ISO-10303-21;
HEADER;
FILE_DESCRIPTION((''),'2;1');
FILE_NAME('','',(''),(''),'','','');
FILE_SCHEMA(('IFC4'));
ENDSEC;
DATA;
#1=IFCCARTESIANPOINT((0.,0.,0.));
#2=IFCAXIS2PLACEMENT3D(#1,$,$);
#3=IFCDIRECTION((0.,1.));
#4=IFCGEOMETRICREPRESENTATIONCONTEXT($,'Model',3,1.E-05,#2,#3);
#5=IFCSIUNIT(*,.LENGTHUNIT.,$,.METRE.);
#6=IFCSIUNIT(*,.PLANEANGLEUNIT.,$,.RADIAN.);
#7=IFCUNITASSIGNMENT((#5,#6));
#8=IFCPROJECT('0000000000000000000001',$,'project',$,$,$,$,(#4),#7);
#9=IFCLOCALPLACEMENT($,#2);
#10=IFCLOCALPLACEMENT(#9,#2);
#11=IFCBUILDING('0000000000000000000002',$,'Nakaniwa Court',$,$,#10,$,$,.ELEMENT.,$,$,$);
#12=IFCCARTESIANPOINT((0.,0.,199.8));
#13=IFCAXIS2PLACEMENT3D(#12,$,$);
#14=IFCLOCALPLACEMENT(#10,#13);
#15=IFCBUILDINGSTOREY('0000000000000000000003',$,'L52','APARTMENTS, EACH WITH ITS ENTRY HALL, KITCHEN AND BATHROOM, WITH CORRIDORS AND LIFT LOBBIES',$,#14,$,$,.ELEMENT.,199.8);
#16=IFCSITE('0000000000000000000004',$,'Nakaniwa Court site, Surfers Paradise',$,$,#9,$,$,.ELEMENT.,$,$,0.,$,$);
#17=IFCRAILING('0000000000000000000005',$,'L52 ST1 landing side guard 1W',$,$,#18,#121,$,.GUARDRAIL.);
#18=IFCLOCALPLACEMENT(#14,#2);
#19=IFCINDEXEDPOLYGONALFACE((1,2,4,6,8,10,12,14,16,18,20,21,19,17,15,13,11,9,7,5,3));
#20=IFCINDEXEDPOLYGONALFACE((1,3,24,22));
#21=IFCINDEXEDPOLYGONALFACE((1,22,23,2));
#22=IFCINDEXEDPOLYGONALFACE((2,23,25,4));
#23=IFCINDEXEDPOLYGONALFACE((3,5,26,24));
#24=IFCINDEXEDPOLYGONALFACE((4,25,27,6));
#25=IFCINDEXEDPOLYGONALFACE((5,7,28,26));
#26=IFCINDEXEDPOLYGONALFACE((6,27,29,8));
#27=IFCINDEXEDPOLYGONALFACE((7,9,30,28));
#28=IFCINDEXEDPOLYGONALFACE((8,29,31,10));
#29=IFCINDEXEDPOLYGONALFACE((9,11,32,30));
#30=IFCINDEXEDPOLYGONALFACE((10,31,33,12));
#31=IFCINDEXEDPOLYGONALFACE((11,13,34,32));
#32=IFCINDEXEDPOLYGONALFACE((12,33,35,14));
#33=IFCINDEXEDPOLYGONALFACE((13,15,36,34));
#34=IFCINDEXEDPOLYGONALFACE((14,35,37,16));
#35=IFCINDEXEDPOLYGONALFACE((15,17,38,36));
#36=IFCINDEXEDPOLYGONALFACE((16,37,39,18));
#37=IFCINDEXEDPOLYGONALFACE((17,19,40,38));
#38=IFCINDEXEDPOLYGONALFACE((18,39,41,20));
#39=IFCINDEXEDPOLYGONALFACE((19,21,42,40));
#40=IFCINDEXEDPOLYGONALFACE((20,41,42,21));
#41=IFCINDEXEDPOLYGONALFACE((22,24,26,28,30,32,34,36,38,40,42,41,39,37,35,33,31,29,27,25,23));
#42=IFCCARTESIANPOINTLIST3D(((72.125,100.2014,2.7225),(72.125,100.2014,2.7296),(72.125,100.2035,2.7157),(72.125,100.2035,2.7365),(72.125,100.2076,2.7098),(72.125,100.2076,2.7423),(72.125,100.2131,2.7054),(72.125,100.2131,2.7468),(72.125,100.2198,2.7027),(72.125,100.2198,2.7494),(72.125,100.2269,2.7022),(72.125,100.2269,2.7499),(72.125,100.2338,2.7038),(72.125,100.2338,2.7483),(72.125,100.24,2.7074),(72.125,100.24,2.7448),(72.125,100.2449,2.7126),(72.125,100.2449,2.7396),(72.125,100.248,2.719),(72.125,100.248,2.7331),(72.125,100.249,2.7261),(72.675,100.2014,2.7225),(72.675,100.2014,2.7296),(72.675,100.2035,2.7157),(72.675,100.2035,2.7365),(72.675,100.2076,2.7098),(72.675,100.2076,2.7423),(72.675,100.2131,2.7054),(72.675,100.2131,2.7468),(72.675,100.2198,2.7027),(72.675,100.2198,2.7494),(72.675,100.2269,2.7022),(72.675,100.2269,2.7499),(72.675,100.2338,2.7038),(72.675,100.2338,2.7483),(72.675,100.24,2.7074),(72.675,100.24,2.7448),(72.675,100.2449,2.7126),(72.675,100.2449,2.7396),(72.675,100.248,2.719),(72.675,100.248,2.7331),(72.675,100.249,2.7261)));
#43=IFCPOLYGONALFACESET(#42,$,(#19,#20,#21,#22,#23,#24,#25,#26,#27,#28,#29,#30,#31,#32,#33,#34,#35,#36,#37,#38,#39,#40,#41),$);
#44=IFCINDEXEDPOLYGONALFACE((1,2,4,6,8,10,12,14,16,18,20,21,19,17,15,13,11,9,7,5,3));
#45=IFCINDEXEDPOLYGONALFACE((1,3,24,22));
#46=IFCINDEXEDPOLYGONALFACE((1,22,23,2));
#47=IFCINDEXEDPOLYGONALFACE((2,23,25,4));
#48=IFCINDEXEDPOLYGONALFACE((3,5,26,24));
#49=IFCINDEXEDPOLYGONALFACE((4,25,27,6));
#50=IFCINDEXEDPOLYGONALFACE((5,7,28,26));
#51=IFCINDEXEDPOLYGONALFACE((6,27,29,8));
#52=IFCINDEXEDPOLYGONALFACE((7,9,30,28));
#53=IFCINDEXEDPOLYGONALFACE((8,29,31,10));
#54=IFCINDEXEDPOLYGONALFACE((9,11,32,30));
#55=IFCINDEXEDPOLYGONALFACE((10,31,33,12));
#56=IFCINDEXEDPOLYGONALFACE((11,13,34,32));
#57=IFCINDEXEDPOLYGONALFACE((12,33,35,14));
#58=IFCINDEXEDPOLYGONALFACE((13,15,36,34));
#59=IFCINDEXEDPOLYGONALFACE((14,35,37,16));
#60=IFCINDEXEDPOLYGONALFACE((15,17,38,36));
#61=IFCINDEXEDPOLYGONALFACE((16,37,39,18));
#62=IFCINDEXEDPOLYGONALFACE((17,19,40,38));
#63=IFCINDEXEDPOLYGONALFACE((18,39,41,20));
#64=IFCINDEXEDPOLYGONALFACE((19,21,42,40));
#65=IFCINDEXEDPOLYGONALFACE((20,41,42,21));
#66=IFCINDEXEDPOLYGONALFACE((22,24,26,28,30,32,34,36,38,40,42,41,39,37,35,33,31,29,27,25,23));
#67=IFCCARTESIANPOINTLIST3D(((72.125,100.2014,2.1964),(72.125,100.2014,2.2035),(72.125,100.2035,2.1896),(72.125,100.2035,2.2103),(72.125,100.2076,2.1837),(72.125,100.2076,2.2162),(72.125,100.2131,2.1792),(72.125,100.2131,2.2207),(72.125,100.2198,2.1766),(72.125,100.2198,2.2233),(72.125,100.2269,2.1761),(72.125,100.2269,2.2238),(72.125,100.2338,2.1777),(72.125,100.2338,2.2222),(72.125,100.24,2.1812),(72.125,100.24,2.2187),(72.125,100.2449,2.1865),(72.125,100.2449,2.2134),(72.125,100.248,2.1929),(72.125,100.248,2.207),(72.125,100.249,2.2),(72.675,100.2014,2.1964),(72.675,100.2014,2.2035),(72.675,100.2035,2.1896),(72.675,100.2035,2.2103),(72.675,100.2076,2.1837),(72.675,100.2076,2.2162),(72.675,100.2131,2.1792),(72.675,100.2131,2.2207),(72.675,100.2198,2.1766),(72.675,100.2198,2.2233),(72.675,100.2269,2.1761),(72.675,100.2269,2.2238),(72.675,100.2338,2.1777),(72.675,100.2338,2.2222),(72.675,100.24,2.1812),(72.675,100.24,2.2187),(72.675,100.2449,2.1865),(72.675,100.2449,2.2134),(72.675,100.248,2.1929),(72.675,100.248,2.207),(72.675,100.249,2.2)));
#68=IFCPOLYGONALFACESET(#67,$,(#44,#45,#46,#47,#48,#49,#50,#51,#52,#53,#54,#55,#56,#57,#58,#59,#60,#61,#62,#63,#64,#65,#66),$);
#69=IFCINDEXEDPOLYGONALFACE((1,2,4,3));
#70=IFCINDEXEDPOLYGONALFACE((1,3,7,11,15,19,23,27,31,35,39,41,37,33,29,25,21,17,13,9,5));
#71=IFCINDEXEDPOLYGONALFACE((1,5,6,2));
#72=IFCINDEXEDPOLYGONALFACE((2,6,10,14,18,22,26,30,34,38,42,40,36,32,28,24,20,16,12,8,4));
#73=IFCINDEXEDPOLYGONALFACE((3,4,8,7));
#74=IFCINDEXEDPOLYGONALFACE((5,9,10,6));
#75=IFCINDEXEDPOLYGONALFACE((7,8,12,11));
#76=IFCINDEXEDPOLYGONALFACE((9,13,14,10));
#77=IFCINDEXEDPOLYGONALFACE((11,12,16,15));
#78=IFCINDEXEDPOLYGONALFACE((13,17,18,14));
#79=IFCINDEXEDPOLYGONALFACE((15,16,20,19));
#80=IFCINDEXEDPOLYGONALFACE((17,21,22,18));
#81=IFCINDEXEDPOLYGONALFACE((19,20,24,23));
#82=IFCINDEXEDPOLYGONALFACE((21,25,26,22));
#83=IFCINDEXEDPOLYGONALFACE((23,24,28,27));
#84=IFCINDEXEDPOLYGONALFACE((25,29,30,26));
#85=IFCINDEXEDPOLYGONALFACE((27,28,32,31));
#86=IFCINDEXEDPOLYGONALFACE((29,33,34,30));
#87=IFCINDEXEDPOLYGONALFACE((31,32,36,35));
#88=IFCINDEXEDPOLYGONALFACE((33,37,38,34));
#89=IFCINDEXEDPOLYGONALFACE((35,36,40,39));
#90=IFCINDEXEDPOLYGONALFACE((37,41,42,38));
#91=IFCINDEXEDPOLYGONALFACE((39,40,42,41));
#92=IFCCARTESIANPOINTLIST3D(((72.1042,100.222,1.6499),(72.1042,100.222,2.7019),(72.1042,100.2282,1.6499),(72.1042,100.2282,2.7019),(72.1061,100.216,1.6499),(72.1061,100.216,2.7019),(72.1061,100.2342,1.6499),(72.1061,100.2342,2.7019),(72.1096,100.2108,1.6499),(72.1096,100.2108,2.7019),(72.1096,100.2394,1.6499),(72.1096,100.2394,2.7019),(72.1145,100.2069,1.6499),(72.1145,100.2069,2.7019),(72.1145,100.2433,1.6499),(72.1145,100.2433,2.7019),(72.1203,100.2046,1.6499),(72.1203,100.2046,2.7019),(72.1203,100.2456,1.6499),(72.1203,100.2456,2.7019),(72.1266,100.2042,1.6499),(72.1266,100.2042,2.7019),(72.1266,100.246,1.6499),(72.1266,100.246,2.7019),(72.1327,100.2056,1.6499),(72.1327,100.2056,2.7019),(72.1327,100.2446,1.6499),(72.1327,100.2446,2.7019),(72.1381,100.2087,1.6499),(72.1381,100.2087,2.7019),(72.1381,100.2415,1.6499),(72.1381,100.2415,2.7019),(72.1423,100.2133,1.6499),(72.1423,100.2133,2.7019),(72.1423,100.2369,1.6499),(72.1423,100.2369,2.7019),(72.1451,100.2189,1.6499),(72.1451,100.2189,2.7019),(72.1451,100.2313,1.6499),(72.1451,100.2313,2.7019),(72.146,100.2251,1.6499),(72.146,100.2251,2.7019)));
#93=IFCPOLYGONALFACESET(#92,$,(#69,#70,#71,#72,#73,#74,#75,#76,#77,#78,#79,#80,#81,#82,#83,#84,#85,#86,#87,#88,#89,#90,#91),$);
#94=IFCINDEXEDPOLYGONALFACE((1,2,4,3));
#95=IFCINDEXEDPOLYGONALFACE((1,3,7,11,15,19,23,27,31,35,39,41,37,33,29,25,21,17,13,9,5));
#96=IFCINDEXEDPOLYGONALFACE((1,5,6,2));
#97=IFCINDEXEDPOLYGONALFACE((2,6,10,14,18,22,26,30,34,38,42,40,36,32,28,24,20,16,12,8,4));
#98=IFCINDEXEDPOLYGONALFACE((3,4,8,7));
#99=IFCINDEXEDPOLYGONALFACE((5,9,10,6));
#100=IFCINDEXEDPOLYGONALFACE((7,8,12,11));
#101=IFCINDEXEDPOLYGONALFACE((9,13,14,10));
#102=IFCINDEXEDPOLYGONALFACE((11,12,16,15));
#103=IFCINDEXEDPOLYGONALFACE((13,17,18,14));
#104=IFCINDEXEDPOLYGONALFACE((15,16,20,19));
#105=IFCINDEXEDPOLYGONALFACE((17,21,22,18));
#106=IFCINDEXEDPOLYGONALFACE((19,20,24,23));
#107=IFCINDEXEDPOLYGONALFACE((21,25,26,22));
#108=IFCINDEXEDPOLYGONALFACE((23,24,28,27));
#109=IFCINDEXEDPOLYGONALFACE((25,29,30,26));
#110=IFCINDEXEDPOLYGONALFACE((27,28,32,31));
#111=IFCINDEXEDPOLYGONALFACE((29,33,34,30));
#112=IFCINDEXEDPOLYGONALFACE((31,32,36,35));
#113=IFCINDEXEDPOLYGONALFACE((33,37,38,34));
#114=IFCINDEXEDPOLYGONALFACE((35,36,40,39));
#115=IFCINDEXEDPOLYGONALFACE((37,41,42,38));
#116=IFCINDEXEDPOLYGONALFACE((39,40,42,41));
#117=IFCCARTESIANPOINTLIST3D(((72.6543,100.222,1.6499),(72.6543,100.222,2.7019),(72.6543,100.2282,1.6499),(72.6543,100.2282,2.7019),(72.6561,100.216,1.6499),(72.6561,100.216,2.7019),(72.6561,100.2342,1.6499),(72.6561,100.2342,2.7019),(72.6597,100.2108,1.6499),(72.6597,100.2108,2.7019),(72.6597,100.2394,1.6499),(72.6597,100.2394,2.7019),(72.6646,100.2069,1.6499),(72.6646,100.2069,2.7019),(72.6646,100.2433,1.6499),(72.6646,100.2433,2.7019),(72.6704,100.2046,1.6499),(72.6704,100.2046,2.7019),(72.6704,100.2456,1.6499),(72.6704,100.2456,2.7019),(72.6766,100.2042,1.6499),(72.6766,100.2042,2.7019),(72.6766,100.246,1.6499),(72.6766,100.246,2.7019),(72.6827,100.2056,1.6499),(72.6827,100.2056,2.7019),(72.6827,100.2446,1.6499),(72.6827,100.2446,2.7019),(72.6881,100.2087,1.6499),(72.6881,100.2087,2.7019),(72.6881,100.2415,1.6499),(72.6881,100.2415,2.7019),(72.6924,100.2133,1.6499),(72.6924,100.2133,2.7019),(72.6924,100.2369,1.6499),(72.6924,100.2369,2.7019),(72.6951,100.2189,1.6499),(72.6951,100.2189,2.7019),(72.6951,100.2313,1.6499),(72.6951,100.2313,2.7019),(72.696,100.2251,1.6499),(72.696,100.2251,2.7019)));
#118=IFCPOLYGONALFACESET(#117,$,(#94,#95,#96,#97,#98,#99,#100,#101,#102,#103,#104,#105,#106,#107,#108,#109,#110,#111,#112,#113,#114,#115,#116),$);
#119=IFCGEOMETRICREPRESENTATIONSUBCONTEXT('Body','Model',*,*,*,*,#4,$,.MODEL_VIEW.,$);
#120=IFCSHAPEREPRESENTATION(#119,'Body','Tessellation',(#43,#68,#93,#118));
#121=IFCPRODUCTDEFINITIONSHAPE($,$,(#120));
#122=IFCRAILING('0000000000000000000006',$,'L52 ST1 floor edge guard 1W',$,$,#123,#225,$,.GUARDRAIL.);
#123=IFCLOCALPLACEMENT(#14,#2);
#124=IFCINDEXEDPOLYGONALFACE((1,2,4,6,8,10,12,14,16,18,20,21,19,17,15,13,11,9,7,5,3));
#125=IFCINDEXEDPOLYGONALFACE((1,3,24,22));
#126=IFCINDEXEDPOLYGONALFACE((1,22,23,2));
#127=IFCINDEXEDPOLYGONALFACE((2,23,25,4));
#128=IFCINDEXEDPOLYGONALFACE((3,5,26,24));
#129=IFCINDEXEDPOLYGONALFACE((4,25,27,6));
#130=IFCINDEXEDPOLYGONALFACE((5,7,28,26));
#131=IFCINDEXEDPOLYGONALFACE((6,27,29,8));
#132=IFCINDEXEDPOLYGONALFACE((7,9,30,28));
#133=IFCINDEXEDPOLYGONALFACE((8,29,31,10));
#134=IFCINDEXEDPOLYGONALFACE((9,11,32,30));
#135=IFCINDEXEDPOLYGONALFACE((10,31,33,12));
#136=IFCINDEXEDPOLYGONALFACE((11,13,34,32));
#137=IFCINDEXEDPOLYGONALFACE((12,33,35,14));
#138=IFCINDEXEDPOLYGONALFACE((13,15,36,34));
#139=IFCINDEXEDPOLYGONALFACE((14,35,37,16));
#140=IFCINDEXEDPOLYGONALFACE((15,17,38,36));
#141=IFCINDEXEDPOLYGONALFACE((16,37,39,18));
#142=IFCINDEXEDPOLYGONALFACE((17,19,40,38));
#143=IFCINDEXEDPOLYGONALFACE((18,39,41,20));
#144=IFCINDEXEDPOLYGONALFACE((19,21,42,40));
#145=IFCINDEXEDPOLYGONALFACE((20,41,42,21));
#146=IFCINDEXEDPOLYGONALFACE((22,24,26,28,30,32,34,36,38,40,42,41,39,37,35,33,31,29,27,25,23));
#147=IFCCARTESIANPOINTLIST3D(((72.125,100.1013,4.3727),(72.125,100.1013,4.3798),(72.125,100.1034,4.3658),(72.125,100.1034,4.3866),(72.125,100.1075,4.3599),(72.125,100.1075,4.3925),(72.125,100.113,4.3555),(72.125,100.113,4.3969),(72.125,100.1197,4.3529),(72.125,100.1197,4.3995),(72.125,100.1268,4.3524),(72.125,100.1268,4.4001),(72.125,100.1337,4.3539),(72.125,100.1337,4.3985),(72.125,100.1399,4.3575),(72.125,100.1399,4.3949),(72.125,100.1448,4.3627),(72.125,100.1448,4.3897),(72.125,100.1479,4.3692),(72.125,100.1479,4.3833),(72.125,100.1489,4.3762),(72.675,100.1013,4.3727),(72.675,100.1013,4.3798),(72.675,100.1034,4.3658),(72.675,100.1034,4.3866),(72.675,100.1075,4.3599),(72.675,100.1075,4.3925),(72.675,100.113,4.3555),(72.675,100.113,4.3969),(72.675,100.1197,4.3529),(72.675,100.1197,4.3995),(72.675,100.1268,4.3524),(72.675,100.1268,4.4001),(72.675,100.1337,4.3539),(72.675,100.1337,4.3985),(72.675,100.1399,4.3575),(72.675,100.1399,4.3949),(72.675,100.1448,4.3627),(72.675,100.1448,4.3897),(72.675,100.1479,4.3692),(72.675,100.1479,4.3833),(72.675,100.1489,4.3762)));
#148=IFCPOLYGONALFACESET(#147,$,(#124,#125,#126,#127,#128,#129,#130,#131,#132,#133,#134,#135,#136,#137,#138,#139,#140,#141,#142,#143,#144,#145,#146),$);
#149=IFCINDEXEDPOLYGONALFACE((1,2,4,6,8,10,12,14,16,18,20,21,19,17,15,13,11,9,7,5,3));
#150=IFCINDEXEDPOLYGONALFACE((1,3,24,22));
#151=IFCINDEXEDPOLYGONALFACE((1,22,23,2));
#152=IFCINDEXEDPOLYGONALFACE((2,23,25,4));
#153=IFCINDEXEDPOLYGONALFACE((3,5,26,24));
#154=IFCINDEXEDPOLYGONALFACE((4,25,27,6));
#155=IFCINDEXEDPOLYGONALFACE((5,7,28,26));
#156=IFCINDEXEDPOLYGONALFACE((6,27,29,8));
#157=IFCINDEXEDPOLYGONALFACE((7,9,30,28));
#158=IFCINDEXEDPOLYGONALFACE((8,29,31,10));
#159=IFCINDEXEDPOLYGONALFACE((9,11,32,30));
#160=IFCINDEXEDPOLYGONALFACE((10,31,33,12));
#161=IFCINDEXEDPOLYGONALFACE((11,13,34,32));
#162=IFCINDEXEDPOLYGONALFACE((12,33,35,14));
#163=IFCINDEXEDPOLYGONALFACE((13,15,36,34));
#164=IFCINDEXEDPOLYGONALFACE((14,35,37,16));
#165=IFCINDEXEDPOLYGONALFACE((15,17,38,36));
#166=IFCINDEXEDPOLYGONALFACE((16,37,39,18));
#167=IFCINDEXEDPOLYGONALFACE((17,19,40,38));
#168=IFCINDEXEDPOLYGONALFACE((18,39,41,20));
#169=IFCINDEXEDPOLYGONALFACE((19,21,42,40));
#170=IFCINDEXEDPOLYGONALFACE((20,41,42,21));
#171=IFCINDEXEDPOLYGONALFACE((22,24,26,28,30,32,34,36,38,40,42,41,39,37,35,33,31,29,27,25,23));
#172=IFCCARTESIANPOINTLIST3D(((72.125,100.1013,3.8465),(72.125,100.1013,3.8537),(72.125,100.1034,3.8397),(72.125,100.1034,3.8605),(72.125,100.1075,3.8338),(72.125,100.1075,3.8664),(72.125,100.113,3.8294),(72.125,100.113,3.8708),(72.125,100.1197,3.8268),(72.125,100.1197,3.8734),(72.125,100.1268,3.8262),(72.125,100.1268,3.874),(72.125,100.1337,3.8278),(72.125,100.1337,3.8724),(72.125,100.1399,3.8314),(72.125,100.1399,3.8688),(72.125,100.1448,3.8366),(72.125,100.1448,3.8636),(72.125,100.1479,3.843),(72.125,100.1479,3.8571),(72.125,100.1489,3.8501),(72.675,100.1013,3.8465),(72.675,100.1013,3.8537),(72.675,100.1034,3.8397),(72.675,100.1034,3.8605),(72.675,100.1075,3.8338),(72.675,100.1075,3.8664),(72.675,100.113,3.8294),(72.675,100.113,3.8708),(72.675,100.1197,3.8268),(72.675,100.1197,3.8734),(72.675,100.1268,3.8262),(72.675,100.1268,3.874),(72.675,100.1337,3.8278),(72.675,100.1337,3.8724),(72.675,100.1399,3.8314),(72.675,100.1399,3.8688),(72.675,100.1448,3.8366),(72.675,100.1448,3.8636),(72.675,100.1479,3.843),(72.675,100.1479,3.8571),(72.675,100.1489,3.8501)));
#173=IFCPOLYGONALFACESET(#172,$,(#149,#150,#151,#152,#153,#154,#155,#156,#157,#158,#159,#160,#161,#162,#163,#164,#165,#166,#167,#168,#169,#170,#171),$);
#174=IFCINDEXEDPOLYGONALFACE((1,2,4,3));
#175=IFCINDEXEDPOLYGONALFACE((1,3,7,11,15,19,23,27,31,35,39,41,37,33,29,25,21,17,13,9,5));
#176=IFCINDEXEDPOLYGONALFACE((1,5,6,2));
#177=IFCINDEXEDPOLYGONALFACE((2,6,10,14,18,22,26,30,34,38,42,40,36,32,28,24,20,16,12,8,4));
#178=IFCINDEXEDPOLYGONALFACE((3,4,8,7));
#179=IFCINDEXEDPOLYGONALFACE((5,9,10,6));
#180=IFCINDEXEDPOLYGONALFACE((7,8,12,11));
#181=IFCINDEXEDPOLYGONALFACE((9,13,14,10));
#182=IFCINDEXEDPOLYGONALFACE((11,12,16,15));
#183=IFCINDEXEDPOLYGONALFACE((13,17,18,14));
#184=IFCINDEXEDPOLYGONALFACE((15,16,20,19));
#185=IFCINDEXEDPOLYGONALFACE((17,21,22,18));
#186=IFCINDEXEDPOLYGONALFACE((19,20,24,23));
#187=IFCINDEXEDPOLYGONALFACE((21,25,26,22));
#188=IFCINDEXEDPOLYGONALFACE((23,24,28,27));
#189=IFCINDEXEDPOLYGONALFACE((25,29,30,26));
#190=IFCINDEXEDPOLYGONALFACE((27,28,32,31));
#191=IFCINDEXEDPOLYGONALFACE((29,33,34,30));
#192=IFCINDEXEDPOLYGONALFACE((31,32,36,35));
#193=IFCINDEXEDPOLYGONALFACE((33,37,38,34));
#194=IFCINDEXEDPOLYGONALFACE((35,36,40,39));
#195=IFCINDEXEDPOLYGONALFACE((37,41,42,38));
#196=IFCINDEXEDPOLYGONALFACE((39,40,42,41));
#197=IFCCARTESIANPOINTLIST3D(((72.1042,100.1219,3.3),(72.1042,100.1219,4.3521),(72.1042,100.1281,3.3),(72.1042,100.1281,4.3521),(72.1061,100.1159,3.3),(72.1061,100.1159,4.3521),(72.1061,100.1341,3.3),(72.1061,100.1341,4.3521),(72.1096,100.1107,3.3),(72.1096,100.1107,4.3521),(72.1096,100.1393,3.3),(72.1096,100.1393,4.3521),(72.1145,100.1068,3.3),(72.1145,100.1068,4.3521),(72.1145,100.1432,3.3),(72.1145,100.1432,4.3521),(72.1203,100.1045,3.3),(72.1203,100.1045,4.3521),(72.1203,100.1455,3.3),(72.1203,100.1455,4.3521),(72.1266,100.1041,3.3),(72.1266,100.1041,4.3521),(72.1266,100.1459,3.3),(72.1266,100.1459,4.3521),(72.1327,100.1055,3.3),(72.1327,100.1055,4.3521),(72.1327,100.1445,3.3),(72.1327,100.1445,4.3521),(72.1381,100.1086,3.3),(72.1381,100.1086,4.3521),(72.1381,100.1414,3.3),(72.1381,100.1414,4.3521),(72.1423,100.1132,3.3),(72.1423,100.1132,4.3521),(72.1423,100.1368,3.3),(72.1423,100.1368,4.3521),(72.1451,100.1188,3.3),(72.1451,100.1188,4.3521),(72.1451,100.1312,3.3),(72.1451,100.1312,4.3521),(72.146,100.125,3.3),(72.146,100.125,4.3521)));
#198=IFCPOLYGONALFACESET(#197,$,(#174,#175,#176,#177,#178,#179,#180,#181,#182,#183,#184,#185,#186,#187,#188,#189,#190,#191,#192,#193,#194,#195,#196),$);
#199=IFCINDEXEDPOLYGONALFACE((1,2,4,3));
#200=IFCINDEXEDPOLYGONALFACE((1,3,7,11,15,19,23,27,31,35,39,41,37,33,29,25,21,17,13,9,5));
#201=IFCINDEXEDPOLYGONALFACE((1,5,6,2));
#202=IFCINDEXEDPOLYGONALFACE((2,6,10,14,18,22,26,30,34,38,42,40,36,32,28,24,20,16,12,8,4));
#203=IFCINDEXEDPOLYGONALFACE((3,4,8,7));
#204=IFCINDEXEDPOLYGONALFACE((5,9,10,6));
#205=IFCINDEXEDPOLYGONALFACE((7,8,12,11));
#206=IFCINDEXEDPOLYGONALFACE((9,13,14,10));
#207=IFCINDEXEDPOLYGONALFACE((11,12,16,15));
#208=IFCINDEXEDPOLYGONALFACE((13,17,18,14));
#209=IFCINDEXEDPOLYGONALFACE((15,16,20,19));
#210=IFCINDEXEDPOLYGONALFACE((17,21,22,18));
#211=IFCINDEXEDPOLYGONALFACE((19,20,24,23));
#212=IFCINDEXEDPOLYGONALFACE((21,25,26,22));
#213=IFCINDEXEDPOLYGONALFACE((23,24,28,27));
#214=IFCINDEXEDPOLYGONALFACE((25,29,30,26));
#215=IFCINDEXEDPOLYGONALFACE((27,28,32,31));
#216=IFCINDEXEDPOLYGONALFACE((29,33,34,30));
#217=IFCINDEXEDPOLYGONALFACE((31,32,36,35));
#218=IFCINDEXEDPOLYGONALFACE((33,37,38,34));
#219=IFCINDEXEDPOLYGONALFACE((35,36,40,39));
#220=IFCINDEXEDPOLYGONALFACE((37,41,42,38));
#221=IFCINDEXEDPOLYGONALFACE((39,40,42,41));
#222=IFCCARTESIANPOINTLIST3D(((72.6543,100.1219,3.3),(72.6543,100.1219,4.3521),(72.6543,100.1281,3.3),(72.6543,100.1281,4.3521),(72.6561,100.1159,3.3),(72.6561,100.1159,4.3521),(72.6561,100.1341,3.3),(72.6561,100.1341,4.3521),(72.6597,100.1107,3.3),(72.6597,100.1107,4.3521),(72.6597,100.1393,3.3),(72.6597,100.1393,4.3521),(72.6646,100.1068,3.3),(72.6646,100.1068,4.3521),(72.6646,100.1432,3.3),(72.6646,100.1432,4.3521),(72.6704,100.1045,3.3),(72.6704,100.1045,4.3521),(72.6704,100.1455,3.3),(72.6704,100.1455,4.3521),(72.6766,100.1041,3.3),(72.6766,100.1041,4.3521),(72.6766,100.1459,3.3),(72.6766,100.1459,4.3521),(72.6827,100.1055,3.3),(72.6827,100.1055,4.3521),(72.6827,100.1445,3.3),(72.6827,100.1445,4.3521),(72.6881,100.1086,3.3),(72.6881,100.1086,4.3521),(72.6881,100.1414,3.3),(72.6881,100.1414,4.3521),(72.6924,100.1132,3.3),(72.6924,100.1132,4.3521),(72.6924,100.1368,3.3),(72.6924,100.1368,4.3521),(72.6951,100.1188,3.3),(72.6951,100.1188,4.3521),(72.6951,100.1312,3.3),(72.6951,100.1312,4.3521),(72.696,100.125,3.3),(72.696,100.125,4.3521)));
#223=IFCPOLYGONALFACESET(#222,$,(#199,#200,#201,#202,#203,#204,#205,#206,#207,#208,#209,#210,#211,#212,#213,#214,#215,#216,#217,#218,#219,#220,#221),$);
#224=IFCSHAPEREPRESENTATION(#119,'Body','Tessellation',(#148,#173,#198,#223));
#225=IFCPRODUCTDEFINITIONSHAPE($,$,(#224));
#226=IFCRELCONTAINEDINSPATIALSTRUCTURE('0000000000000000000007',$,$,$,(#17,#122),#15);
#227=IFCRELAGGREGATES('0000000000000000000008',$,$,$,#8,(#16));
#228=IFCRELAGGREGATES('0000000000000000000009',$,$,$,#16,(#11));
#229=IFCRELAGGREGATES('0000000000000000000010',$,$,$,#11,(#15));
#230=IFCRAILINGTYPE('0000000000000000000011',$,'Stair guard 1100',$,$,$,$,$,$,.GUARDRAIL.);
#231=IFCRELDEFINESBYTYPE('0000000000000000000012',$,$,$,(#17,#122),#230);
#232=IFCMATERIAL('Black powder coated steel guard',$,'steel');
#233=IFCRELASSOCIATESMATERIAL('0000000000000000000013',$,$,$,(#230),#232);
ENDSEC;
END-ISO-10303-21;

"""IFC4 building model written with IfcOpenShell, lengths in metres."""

from ifc_helpers import new_model, si_unit, direction, frame, origin, origin_2d, place, context, subcontext, project, spatial, circle, extrude, material, type_object, element, save


model = new_model("IFC4")

# Units and contexts
model_context = context("Model", 3, precision=1e-05, world=origin(), true_north=direction((0.0, 1.0)))
body_context = subcontext(model_context, "Body", "Model", "MODEL_VIEW")
ifc_project = project(units=[si_unit("LENGTHUNIT", "METRE"), si_unit("PLANEANGLEUNIT", "RADIAN")], contexts=[model_context])

# Site, building, storey
site_placement = place(None, origin())
site = spatial("IfcSite", under=ifc_project, at=site_placement, Name="Nakaniwa Court site, Surfers Paradise", CompositionType="ELEMENT", RefElevation=0.0)
building_placement = place(site_placement, origin())
building = spatial("IfcBuilding", under=site, at=building_placement, Name="Nakaniwa Court", CompositionType="ELEMENT")
storey_placement = place(building_placement, frame((0.0, 0.0, 199.8)))
storey = spatial("IfcBuildingStorey", under=building, at=storey_placement, Name="L52", Description="APARTMENTS, EACH WITH ITS ENTRY HALL, KITCHEN AND BATHROOM, WITH CORRIDORS AND LIFT LOBBIES", CompositionType="ELEMENT", Elevation=199.8)

# Railings
ifc_material_1 = material(Name="Black powder coated steel guard", Category="steel")
railing_type_1 = type_object("IfcRailingType", Name="Stair guard 1100", PredefinedType="GUARDRAIL", material=ifc_material_1)
for number, where, name in (
    (1, (72.125, 100.2251, 1.6499), "L52 ST1 landing side guard 1W"),
    (2, (72.125, 100.125, 3.3), "L52 ST1 floor edge guard 1W"),
):
    element("IfcRailing", number, at=place(storey_placement, frame(where)), inside=storey, type_object=railing_type_1, Name=name, PredefinedType="GUARDRAIL", context=body_context, shape_type="SweptSolid", body=[
        extrude(circle(Radius=0.0239, at=origin_2d()), frame((0.0, 0.0, 1.0762), z_axis=(1.0, 0.0, 0.0), x_axis=(0.0, 1.0, 0.0)), (0.0, 0.0, 1.0), 0.55),
        extrude(circle(Radius=0.0239, at=origin_2d()), frame((0.0, 0.0, 0.55), z_axis=(1.0, 0.0, 0.0), x_axis=(0.0, 1.0, 0.0)), (0.0, 0.0, 1.0), 0.55),
        extrude(circle(Radius=0.021, at=origin_2d()), origin(), (0.0, 0.0, 1.0), 1.052),
        extrude(circle(Radius=0.021, at=origin_2d()), frame((0.55, 0.0, 0.0)), (0.0, 0.0, 1.0), 1.052),
    ])

save(model, "model.ifc")
